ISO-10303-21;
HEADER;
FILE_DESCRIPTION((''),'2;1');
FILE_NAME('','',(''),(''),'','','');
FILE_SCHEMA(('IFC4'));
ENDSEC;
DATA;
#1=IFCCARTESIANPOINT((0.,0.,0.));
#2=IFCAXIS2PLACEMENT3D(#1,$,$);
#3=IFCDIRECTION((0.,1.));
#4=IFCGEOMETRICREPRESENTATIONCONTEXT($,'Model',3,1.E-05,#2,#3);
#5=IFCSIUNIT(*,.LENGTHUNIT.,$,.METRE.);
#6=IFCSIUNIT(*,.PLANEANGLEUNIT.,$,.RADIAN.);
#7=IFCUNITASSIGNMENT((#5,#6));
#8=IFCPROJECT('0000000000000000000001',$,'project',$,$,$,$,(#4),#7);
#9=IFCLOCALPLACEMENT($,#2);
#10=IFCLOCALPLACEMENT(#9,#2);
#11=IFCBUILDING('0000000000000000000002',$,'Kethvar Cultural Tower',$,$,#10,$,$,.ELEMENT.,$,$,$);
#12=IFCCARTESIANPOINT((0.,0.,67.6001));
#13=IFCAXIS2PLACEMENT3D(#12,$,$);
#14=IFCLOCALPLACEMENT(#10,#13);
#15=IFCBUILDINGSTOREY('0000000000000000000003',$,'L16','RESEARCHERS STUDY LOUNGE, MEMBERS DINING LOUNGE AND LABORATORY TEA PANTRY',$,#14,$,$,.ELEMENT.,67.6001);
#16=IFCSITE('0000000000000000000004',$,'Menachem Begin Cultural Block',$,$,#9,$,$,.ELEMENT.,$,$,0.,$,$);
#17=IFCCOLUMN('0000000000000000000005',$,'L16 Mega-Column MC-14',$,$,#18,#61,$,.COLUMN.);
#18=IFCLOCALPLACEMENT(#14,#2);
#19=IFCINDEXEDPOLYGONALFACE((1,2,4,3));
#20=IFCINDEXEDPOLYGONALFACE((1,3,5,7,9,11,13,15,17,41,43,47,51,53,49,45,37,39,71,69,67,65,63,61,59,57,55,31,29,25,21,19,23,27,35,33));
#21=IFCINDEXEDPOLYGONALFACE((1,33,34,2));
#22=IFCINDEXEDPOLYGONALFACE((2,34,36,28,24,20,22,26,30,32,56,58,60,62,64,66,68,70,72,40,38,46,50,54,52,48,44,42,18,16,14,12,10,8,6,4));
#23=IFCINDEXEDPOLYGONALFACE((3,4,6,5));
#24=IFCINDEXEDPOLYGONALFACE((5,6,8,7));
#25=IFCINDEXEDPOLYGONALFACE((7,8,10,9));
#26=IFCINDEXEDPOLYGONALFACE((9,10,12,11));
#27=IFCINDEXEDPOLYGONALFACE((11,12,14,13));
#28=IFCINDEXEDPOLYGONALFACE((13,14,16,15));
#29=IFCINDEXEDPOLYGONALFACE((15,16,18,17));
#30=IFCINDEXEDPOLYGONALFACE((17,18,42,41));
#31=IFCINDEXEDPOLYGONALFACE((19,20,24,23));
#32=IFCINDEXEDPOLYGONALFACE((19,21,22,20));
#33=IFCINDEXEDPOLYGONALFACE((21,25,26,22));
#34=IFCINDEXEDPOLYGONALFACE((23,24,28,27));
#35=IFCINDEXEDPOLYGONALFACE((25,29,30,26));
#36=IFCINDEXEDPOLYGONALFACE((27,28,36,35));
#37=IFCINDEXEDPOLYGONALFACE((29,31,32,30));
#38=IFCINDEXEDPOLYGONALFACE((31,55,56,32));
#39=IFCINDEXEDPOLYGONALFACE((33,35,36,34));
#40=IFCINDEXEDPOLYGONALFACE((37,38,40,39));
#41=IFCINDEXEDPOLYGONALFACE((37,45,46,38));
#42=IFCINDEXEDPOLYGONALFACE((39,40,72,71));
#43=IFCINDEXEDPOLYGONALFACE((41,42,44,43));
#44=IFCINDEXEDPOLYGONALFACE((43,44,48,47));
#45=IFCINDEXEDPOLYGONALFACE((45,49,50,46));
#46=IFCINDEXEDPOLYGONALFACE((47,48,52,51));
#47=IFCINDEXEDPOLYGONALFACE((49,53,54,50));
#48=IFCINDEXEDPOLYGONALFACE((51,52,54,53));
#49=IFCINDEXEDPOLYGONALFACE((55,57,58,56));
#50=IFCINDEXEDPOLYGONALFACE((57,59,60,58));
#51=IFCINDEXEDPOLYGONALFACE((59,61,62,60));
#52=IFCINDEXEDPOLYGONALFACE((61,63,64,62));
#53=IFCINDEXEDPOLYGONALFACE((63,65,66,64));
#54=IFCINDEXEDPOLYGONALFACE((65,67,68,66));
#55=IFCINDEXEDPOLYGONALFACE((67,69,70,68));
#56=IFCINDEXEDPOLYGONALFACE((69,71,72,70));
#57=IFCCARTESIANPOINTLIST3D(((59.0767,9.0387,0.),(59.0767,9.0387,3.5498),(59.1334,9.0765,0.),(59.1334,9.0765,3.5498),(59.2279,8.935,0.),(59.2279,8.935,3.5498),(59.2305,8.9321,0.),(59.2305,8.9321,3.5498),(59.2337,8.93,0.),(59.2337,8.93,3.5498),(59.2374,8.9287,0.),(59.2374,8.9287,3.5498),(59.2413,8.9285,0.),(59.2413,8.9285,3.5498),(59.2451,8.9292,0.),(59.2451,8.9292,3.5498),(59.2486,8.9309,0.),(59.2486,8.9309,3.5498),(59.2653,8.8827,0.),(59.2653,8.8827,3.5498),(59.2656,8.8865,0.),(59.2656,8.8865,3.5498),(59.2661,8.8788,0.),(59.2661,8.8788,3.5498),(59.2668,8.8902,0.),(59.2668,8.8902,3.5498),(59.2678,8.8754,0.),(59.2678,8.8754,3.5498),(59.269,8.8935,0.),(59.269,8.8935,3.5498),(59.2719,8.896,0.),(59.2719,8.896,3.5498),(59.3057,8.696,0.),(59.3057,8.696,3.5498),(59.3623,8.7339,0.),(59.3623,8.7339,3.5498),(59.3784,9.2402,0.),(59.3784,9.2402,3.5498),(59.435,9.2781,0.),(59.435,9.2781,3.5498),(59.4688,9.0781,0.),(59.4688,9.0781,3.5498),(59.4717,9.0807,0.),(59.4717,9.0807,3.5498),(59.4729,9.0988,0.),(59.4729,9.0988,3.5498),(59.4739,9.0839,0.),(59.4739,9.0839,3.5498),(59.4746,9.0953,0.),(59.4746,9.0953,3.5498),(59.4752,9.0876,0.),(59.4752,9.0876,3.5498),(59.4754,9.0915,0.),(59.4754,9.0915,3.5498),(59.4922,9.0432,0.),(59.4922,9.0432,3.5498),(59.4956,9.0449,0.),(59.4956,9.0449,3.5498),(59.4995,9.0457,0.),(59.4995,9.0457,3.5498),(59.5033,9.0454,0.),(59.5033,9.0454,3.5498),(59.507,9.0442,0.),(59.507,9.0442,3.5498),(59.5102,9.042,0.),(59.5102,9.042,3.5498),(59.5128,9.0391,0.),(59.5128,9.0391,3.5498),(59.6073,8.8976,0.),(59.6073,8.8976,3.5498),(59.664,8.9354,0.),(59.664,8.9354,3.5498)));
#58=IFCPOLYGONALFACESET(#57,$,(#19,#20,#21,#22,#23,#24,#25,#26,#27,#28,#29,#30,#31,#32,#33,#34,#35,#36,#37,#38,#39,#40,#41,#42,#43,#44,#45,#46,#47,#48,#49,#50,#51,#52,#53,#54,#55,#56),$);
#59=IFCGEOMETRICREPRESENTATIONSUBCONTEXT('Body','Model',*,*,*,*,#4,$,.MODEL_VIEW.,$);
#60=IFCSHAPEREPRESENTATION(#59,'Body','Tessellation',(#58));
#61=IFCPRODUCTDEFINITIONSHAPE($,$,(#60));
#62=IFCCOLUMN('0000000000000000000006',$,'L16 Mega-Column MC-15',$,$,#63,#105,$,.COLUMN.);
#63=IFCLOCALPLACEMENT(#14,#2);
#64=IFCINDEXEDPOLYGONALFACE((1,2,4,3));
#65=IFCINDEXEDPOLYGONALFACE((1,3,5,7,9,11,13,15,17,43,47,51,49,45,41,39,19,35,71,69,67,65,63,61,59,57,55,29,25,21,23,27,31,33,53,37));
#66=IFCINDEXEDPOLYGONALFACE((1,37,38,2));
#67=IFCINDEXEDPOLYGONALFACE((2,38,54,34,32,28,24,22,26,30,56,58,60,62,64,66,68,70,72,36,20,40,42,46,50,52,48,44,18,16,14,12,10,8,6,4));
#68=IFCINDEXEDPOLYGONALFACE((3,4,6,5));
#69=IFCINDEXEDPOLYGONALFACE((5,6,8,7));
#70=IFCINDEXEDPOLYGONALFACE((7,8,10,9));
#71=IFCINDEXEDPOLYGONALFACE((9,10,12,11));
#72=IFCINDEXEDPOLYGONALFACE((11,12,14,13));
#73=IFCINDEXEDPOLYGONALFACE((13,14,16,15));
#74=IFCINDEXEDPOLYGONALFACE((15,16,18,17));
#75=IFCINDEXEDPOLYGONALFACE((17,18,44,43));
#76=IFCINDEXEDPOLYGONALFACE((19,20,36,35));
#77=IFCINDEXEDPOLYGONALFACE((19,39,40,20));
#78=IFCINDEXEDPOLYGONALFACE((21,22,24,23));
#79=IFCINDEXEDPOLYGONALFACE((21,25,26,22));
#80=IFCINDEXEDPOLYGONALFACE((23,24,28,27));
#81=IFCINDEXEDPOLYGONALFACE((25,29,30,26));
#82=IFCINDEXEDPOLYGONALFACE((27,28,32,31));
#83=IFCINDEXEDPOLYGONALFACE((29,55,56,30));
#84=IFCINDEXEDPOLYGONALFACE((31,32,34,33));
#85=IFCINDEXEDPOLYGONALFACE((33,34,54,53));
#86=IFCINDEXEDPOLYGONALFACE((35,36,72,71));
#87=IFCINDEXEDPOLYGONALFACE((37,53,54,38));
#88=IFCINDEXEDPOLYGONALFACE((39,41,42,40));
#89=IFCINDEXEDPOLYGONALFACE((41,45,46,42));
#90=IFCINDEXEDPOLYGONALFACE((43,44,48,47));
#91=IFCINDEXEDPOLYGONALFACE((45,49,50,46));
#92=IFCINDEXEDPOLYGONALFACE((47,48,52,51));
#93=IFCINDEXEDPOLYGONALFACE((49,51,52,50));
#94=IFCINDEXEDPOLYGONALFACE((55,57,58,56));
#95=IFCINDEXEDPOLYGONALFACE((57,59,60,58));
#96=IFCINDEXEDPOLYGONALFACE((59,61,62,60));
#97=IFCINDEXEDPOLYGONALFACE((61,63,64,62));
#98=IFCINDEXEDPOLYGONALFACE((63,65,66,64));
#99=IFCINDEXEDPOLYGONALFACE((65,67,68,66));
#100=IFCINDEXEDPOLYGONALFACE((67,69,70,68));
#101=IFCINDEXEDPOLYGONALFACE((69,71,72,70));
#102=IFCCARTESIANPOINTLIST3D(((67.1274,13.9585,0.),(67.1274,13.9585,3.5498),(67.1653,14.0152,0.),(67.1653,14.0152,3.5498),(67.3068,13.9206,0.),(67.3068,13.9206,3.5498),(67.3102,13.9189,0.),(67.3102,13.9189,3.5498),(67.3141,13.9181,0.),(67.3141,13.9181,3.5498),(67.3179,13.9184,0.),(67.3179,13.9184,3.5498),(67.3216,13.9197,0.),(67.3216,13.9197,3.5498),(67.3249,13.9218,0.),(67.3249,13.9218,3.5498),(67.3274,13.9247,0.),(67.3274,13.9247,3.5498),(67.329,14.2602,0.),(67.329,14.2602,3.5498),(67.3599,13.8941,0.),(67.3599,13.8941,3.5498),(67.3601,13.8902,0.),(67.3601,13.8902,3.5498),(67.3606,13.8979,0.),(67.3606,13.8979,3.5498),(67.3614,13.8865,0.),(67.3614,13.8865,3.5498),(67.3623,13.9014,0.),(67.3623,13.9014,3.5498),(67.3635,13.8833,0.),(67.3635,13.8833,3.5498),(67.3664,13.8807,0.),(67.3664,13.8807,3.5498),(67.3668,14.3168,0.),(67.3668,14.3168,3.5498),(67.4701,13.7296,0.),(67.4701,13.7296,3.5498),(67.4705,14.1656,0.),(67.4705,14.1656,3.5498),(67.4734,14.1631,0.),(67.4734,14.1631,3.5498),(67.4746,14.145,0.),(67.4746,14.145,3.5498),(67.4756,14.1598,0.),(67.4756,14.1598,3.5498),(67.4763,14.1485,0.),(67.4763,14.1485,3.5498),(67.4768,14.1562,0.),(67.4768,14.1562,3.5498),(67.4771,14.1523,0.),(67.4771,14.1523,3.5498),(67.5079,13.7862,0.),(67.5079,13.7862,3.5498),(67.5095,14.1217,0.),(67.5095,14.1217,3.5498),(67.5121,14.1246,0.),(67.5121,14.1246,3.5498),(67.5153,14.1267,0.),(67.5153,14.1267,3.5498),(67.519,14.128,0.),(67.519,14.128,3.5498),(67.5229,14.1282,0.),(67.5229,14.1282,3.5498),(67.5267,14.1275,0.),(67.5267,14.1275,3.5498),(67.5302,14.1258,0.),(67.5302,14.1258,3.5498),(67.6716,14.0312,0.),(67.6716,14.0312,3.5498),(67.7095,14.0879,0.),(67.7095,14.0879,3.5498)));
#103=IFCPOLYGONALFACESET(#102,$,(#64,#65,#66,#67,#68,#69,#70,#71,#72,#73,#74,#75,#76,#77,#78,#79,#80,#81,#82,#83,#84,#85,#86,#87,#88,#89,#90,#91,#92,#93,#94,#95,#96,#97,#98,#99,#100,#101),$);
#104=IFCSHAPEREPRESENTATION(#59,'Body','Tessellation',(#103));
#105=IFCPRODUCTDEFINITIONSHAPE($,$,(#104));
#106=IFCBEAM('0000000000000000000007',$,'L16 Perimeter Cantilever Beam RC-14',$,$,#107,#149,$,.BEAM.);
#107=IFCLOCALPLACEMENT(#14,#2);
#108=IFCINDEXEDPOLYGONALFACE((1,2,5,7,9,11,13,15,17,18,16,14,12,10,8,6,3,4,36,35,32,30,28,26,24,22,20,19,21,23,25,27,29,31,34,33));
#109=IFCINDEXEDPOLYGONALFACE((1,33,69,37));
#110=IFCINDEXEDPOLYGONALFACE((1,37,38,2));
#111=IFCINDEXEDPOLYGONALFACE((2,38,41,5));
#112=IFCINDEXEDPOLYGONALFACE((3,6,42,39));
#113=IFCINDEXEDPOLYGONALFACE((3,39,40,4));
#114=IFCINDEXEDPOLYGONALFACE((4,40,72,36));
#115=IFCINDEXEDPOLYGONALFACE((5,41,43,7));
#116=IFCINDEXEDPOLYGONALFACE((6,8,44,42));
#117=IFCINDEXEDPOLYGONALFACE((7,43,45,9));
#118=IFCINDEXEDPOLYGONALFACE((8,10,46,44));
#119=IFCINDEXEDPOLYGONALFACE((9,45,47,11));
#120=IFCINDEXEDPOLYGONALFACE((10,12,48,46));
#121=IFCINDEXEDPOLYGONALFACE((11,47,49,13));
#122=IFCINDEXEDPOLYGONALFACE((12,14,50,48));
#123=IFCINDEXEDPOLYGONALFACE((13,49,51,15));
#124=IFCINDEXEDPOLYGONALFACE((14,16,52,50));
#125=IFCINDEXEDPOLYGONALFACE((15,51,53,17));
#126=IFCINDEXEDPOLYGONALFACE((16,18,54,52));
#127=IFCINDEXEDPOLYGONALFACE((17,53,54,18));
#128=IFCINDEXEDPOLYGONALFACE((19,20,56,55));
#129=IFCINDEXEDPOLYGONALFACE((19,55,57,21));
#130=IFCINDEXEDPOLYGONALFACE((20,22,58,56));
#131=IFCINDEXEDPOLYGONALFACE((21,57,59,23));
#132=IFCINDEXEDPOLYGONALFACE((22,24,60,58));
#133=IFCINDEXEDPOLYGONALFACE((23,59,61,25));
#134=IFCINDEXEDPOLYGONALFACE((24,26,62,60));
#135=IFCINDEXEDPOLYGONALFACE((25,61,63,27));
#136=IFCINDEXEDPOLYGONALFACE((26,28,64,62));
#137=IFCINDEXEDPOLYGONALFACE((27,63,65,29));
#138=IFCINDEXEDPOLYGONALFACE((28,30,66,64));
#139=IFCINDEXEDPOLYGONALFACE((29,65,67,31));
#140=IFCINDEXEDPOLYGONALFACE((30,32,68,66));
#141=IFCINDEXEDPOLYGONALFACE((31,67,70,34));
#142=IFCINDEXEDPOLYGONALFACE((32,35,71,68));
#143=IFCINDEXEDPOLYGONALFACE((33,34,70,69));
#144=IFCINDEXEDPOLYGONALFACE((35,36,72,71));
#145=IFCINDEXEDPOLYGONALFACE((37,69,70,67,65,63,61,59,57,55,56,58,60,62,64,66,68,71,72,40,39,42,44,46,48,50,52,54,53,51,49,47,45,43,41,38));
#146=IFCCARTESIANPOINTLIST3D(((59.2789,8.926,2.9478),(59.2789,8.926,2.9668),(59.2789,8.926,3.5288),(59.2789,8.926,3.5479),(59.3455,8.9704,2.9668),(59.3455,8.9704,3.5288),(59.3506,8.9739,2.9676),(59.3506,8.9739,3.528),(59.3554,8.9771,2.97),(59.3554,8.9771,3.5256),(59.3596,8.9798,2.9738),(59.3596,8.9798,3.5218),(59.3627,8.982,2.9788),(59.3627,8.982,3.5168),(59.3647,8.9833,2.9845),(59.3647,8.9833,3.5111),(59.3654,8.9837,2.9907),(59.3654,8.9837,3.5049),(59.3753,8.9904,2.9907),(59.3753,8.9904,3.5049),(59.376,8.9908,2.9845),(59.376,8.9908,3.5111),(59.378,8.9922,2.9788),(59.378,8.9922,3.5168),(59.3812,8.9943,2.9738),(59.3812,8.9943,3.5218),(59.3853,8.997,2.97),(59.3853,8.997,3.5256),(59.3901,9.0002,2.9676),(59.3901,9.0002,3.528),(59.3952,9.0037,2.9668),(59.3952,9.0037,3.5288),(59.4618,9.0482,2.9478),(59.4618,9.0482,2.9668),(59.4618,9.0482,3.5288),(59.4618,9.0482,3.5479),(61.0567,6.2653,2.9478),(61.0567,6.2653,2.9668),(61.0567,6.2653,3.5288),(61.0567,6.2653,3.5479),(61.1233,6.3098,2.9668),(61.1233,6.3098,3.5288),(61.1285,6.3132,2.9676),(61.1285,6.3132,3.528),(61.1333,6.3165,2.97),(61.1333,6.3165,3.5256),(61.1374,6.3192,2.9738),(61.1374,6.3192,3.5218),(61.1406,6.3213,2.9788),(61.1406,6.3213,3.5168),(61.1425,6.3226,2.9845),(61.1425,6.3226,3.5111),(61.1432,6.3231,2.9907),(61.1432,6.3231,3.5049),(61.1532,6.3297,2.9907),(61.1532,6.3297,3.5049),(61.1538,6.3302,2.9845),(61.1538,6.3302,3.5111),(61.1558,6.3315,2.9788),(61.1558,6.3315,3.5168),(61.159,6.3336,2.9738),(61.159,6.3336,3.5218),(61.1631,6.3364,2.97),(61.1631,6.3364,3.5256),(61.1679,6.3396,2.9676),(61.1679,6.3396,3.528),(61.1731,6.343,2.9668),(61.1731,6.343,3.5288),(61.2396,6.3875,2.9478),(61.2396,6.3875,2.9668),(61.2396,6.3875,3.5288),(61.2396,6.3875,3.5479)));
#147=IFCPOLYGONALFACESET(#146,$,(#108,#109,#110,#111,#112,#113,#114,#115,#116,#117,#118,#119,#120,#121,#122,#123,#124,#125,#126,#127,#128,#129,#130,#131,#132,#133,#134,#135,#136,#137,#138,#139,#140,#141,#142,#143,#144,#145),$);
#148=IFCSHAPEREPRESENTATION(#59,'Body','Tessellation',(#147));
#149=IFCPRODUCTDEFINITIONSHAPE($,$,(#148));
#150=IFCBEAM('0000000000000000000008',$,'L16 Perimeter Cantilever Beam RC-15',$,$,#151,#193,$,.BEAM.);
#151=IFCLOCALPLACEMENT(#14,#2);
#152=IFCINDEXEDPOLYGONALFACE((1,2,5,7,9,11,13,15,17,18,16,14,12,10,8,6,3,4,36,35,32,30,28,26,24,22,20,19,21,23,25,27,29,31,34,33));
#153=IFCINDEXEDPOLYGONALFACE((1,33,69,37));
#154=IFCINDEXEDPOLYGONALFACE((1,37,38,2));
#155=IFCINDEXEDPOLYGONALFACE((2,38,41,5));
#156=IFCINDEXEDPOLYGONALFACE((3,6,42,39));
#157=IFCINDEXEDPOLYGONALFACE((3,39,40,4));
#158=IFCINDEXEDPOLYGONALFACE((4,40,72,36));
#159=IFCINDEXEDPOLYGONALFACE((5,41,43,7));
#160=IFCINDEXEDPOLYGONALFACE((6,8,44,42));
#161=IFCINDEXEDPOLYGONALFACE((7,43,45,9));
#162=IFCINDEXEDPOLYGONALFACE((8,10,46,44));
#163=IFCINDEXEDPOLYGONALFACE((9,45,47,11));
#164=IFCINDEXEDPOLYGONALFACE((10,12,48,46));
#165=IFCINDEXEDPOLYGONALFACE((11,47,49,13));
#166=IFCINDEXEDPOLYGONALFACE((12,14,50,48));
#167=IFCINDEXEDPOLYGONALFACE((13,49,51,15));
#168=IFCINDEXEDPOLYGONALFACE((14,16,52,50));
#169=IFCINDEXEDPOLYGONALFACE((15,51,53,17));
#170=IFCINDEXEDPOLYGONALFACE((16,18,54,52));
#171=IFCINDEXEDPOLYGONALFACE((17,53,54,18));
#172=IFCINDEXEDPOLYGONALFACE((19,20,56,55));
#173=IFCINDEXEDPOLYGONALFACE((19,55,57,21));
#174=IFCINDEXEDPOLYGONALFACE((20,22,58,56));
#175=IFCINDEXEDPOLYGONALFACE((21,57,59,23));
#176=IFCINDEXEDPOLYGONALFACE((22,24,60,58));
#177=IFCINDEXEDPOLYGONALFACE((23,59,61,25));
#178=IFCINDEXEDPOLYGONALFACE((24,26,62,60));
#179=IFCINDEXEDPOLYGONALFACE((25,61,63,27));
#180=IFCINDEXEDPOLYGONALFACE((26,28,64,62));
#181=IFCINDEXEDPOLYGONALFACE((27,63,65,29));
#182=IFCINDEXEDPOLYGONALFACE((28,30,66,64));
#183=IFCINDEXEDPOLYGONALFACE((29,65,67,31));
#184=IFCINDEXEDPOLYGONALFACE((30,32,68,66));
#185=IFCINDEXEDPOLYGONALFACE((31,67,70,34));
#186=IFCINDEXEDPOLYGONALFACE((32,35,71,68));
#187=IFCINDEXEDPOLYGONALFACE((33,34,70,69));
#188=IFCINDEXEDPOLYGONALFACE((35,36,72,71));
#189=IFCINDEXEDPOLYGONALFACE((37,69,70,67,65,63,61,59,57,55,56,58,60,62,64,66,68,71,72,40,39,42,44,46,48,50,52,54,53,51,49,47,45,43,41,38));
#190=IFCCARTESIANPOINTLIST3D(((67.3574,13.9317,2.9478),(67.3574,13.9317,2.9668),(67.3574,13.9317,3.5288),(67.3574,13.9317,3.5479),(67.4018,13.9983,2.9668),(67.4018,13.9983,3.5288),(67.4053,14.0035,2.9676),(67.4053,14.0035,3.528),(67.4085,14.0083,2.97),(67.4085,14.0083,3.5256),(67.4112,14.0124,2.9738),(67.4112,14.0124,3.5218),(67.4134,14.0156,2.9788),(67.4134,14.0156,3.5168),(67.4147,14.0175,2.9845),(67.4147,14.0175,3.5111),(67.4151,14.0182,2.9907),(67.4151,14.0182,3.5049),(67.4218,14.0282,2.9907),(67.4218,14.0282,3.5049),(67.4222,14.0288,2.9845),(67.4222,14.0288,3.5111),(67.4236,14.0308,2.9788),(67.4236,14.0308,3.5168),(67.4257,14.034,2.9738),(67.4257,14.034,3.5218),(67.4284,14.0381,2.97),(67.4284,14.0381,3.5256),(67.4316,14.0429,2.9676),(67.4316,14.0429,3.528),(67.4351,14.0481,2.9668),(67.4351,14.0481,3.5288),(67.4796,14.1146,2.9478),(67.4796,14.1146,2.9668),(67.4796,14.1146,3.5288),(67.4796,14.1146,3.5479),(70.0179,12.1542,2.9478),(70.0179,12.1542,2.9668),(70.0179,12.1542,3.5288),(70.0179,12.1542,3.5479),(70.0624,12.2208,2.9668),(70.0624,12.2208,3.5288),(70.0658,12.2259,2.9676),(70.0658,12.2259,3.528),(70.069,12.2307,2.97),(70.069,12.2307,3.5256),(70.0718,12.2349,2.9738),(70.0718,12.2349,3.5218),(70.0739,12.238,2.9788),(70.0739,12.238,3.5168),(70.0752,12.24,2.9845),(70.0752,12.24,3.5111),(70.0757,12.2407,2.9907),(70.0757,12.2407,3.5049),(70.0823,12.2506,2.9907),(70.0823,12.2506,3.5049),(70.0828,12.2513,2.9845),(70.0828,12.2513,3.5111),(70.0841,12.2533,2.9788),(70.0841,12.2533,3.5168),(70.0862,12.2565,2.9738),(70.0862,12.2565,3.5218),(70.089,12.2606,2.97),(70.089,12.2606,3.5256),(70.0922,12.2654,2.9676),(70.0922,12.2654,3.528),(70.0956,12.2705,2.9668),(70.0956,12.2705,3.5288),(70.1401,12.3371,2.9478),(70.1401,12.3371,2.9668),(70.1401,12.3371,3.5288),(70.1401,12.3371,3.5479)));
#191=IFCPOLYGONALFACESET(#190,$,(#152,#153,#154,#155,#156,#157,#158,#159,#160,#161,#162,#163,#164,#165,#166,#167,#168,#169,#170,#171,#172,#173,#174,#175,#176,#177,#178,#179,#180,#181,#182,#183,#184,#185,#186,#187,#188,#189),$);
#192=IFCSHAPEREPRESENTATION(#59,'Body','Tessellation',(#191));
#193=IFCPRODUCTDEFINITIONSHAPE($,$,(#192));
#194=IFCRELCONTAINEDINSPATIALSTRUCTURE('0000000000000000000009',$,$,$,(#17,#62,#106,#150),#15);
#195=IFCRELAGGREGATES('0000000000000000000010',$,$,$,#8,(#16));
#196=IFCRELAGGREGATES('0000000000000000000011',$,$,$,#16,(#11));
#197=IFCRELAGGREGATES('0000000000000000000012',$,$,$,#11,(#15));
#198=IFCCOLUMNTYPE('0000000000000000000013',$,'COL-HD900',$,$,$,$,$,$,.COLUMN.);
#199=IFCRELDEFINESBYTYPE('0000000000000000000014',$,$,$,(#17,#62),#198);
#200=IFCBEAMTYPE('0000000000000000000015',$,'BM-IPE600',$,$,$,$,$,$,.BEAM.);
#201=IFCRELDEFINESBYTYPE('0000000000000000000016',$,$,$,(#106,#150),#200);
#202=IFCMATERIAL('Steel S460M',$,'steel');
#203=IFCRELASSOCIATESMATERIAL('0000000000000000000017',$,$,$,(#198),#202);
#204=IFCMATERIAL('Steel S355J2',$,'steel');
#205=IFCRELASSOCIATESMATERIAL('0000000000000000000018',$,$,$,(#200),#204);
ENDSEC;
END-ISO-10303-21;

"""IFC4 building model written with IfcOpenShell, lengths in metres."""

from ifc_helpers import new_model, si_unit, direction, frame, origin, origin_2d, place, context, subcontext, project, spatial, i_section, extrude, source, transform, mapped, material, material_profile, profile_set, type_object, element, save


model = new_model("IFC4")

# Units and contexts
model_context = context("Model", 3, precision=1e-05, world=origin(), true_north=direction((0.0, 1.0)))
body_context = subcontext(model_context, "Body", "Model", "MODEL_VIEW")
ifc_project = project(units=[si_unit("LENGTHUNIT", "METRE"), si_unit("PLANEANGLEUNIT", "RADIAN")], contexts=[model_context])

# Site, building, storey
site_placement = place(None, origin())
site = spatial("IfcSite", under=ifc_project, at=site_placement, Name="Menachem Begin Cultural Block", CompositionType="ELEMENT", RefElevation=0.0)
building_placement = place(site_placement, origin())
building = spatial("IfcBuilding", under=site, at=building_placement, Name="Kethvar Cultural Tower", CompositionType="ELEMENT")
storey_placement = place(building_placement, frame((0.0, 0.0, 67.6001)))
storey = spatial("IfcBuildingStorey", under=building, at=storey_placement, Name="L16", Description="RESEARCHERS STUDY LOUNGE, MEMBERS DINING LOUNGE AND LABORATORY TEA PANTRY", CompositionType="ELEMENT", Elevation=67.6001)

# Columns
ifc_material_1 = material(Name="Steel S460M", Category="steel")
ifc_material_profile_1 = material_profile(ifc_material_1, i_section(OverallWidth=0.4121, OverallDepth=0.4309, WebThickness=0.042, FlangeThickness=0.0681, FilletRadius=0.0149, at=origin_2d()), Name="Steel S460M — HD400x900")
ifc_profile_set_1 = profile_set([ifc_material_profile_1], Name="Steel S460M — HD400x900")
column_type = type_object("IfcColumnType", Name="COL-HD900", PredefinedType="COLUMN", material=ifc_profile_set_1)
shared_shape_1 = source(origin(), body_context, "Body", "SweptSolid", [
    extrude(i_section(OverallWidth=0.4121, OverallDepth=0.4309, WebThickness=0.042, FlangeThickness=0.0681, FilletRadius=0.0149, at=origin_2d()), origin(), (0.0, 0.0, 1.0), 3.5498),
])
for number, where, z_axis, x_axis, name in (
    (1, (59.3704, 8.9871, 0.0), (0.0, 0.0, 1.0), (0.55557, -0.83147, 0.0), "L16 Mega-Column MC-14"),
    (2, (67.4185, 14.0232, 0.0), (0.0, 0.0, 1.0), (0.83147, -0.55557, 0.0), "L16 Mega-Column MC-15"),
):
    element("IfcColumn", number, at=place(storey_placement, frame(where, z_axis=z_axis, x_axis=x_axis)), inside=storey, type_object=column_type, Name=name, PredefinedType="COLUMN", context=body_context, shape_type="MappedRepresentation", body=[
        mapped(shared_shape_1, transform((0.0, 0.0, 0.0), scale=1.0)),
    ])

# Beams
ifc_material_2 = material(Name="Steel S355J2", Category="steel")
ifc_material_profile_2 = material_profile(ifc_material_2, i_section(OverallWidth=0.22, OverallDepth=0.6001, WebThickness=0.012, FlangeThickness=0.019, FilletRadius=0.0239, at=origin_2d()), Name="Steel S355J2 — IPE600")
ifc_profile_set_2 = profile_set([ifc_material_profile_2], Name="Steel S355J2 — IPE600")
beam_type_1 = type_object("IfcBeamType", Name="BM-IPE600", PredefinedType="BEAM", material=ifc_profile_set_2)
shared_shape_2 = source(origin(), body_context, "Body", "SweptSolid", [
    extrude(i_section(OverallWidth=0.22, OverallDepth=0.6001, WebThickness=0.012, FlangeThickness=0.019, FilletRadius=0.0239, at=origin_2d()), origin(), (0.0, 0.0, 1.0), 3.2),
])
beam_1_placement = place(storey_placement, frame((59.3704, 8.9871, 3.2478), z_axis=(0.55558, -0.831463, 0.0), x_axis=(0.831463, 0.55558, 0.0)))
element("IfcBeam", 3, at=beam_1_placement, inside=storey, type_object=beam_type_1, Name="L16 Perimeter Cantilever Beam RC-14", PredefinedType="BEAM", context=body_context, shape_type="MappedRepresentation", body=[
    mapped(shared_shape_2, transform((0.0, 0.0, 0.0), scale=1.0)),
])
shared_shape_3 = source(origin(), body_context, "Body", "SweptSolid", [
    extrude(i_section(OverallWidth=0.22, OverallDepth=0.6001, WebThickness=0.012, FlangeThickness=0.019, FilletRadius=0.0239, at=origin_2d()), origin(), (0.0, 0.0, 1.0), 3.1997),
])
beam_2_placement = place(storey_placement, frame((67.4185, 14.0232, 3.2478), z_axis=(0.831498, -0.555527, 0.0), x_axis=(0.555527, 0.831498, 0.0)))
element("IfcBeam", 4, at=beam_2_placement, inside=storey, type_object=beam_type_1, Name="L16 Perimeter Cantilever Beam RC-15", PredefinedType="BEAM", context=body_context, shape_type="MappedRepresentation", body=[
    mapped(shared_shape_3, transform((0.0, 0.0, 0.0), scale=1.0)),
])

save(model, "model.ifc")
